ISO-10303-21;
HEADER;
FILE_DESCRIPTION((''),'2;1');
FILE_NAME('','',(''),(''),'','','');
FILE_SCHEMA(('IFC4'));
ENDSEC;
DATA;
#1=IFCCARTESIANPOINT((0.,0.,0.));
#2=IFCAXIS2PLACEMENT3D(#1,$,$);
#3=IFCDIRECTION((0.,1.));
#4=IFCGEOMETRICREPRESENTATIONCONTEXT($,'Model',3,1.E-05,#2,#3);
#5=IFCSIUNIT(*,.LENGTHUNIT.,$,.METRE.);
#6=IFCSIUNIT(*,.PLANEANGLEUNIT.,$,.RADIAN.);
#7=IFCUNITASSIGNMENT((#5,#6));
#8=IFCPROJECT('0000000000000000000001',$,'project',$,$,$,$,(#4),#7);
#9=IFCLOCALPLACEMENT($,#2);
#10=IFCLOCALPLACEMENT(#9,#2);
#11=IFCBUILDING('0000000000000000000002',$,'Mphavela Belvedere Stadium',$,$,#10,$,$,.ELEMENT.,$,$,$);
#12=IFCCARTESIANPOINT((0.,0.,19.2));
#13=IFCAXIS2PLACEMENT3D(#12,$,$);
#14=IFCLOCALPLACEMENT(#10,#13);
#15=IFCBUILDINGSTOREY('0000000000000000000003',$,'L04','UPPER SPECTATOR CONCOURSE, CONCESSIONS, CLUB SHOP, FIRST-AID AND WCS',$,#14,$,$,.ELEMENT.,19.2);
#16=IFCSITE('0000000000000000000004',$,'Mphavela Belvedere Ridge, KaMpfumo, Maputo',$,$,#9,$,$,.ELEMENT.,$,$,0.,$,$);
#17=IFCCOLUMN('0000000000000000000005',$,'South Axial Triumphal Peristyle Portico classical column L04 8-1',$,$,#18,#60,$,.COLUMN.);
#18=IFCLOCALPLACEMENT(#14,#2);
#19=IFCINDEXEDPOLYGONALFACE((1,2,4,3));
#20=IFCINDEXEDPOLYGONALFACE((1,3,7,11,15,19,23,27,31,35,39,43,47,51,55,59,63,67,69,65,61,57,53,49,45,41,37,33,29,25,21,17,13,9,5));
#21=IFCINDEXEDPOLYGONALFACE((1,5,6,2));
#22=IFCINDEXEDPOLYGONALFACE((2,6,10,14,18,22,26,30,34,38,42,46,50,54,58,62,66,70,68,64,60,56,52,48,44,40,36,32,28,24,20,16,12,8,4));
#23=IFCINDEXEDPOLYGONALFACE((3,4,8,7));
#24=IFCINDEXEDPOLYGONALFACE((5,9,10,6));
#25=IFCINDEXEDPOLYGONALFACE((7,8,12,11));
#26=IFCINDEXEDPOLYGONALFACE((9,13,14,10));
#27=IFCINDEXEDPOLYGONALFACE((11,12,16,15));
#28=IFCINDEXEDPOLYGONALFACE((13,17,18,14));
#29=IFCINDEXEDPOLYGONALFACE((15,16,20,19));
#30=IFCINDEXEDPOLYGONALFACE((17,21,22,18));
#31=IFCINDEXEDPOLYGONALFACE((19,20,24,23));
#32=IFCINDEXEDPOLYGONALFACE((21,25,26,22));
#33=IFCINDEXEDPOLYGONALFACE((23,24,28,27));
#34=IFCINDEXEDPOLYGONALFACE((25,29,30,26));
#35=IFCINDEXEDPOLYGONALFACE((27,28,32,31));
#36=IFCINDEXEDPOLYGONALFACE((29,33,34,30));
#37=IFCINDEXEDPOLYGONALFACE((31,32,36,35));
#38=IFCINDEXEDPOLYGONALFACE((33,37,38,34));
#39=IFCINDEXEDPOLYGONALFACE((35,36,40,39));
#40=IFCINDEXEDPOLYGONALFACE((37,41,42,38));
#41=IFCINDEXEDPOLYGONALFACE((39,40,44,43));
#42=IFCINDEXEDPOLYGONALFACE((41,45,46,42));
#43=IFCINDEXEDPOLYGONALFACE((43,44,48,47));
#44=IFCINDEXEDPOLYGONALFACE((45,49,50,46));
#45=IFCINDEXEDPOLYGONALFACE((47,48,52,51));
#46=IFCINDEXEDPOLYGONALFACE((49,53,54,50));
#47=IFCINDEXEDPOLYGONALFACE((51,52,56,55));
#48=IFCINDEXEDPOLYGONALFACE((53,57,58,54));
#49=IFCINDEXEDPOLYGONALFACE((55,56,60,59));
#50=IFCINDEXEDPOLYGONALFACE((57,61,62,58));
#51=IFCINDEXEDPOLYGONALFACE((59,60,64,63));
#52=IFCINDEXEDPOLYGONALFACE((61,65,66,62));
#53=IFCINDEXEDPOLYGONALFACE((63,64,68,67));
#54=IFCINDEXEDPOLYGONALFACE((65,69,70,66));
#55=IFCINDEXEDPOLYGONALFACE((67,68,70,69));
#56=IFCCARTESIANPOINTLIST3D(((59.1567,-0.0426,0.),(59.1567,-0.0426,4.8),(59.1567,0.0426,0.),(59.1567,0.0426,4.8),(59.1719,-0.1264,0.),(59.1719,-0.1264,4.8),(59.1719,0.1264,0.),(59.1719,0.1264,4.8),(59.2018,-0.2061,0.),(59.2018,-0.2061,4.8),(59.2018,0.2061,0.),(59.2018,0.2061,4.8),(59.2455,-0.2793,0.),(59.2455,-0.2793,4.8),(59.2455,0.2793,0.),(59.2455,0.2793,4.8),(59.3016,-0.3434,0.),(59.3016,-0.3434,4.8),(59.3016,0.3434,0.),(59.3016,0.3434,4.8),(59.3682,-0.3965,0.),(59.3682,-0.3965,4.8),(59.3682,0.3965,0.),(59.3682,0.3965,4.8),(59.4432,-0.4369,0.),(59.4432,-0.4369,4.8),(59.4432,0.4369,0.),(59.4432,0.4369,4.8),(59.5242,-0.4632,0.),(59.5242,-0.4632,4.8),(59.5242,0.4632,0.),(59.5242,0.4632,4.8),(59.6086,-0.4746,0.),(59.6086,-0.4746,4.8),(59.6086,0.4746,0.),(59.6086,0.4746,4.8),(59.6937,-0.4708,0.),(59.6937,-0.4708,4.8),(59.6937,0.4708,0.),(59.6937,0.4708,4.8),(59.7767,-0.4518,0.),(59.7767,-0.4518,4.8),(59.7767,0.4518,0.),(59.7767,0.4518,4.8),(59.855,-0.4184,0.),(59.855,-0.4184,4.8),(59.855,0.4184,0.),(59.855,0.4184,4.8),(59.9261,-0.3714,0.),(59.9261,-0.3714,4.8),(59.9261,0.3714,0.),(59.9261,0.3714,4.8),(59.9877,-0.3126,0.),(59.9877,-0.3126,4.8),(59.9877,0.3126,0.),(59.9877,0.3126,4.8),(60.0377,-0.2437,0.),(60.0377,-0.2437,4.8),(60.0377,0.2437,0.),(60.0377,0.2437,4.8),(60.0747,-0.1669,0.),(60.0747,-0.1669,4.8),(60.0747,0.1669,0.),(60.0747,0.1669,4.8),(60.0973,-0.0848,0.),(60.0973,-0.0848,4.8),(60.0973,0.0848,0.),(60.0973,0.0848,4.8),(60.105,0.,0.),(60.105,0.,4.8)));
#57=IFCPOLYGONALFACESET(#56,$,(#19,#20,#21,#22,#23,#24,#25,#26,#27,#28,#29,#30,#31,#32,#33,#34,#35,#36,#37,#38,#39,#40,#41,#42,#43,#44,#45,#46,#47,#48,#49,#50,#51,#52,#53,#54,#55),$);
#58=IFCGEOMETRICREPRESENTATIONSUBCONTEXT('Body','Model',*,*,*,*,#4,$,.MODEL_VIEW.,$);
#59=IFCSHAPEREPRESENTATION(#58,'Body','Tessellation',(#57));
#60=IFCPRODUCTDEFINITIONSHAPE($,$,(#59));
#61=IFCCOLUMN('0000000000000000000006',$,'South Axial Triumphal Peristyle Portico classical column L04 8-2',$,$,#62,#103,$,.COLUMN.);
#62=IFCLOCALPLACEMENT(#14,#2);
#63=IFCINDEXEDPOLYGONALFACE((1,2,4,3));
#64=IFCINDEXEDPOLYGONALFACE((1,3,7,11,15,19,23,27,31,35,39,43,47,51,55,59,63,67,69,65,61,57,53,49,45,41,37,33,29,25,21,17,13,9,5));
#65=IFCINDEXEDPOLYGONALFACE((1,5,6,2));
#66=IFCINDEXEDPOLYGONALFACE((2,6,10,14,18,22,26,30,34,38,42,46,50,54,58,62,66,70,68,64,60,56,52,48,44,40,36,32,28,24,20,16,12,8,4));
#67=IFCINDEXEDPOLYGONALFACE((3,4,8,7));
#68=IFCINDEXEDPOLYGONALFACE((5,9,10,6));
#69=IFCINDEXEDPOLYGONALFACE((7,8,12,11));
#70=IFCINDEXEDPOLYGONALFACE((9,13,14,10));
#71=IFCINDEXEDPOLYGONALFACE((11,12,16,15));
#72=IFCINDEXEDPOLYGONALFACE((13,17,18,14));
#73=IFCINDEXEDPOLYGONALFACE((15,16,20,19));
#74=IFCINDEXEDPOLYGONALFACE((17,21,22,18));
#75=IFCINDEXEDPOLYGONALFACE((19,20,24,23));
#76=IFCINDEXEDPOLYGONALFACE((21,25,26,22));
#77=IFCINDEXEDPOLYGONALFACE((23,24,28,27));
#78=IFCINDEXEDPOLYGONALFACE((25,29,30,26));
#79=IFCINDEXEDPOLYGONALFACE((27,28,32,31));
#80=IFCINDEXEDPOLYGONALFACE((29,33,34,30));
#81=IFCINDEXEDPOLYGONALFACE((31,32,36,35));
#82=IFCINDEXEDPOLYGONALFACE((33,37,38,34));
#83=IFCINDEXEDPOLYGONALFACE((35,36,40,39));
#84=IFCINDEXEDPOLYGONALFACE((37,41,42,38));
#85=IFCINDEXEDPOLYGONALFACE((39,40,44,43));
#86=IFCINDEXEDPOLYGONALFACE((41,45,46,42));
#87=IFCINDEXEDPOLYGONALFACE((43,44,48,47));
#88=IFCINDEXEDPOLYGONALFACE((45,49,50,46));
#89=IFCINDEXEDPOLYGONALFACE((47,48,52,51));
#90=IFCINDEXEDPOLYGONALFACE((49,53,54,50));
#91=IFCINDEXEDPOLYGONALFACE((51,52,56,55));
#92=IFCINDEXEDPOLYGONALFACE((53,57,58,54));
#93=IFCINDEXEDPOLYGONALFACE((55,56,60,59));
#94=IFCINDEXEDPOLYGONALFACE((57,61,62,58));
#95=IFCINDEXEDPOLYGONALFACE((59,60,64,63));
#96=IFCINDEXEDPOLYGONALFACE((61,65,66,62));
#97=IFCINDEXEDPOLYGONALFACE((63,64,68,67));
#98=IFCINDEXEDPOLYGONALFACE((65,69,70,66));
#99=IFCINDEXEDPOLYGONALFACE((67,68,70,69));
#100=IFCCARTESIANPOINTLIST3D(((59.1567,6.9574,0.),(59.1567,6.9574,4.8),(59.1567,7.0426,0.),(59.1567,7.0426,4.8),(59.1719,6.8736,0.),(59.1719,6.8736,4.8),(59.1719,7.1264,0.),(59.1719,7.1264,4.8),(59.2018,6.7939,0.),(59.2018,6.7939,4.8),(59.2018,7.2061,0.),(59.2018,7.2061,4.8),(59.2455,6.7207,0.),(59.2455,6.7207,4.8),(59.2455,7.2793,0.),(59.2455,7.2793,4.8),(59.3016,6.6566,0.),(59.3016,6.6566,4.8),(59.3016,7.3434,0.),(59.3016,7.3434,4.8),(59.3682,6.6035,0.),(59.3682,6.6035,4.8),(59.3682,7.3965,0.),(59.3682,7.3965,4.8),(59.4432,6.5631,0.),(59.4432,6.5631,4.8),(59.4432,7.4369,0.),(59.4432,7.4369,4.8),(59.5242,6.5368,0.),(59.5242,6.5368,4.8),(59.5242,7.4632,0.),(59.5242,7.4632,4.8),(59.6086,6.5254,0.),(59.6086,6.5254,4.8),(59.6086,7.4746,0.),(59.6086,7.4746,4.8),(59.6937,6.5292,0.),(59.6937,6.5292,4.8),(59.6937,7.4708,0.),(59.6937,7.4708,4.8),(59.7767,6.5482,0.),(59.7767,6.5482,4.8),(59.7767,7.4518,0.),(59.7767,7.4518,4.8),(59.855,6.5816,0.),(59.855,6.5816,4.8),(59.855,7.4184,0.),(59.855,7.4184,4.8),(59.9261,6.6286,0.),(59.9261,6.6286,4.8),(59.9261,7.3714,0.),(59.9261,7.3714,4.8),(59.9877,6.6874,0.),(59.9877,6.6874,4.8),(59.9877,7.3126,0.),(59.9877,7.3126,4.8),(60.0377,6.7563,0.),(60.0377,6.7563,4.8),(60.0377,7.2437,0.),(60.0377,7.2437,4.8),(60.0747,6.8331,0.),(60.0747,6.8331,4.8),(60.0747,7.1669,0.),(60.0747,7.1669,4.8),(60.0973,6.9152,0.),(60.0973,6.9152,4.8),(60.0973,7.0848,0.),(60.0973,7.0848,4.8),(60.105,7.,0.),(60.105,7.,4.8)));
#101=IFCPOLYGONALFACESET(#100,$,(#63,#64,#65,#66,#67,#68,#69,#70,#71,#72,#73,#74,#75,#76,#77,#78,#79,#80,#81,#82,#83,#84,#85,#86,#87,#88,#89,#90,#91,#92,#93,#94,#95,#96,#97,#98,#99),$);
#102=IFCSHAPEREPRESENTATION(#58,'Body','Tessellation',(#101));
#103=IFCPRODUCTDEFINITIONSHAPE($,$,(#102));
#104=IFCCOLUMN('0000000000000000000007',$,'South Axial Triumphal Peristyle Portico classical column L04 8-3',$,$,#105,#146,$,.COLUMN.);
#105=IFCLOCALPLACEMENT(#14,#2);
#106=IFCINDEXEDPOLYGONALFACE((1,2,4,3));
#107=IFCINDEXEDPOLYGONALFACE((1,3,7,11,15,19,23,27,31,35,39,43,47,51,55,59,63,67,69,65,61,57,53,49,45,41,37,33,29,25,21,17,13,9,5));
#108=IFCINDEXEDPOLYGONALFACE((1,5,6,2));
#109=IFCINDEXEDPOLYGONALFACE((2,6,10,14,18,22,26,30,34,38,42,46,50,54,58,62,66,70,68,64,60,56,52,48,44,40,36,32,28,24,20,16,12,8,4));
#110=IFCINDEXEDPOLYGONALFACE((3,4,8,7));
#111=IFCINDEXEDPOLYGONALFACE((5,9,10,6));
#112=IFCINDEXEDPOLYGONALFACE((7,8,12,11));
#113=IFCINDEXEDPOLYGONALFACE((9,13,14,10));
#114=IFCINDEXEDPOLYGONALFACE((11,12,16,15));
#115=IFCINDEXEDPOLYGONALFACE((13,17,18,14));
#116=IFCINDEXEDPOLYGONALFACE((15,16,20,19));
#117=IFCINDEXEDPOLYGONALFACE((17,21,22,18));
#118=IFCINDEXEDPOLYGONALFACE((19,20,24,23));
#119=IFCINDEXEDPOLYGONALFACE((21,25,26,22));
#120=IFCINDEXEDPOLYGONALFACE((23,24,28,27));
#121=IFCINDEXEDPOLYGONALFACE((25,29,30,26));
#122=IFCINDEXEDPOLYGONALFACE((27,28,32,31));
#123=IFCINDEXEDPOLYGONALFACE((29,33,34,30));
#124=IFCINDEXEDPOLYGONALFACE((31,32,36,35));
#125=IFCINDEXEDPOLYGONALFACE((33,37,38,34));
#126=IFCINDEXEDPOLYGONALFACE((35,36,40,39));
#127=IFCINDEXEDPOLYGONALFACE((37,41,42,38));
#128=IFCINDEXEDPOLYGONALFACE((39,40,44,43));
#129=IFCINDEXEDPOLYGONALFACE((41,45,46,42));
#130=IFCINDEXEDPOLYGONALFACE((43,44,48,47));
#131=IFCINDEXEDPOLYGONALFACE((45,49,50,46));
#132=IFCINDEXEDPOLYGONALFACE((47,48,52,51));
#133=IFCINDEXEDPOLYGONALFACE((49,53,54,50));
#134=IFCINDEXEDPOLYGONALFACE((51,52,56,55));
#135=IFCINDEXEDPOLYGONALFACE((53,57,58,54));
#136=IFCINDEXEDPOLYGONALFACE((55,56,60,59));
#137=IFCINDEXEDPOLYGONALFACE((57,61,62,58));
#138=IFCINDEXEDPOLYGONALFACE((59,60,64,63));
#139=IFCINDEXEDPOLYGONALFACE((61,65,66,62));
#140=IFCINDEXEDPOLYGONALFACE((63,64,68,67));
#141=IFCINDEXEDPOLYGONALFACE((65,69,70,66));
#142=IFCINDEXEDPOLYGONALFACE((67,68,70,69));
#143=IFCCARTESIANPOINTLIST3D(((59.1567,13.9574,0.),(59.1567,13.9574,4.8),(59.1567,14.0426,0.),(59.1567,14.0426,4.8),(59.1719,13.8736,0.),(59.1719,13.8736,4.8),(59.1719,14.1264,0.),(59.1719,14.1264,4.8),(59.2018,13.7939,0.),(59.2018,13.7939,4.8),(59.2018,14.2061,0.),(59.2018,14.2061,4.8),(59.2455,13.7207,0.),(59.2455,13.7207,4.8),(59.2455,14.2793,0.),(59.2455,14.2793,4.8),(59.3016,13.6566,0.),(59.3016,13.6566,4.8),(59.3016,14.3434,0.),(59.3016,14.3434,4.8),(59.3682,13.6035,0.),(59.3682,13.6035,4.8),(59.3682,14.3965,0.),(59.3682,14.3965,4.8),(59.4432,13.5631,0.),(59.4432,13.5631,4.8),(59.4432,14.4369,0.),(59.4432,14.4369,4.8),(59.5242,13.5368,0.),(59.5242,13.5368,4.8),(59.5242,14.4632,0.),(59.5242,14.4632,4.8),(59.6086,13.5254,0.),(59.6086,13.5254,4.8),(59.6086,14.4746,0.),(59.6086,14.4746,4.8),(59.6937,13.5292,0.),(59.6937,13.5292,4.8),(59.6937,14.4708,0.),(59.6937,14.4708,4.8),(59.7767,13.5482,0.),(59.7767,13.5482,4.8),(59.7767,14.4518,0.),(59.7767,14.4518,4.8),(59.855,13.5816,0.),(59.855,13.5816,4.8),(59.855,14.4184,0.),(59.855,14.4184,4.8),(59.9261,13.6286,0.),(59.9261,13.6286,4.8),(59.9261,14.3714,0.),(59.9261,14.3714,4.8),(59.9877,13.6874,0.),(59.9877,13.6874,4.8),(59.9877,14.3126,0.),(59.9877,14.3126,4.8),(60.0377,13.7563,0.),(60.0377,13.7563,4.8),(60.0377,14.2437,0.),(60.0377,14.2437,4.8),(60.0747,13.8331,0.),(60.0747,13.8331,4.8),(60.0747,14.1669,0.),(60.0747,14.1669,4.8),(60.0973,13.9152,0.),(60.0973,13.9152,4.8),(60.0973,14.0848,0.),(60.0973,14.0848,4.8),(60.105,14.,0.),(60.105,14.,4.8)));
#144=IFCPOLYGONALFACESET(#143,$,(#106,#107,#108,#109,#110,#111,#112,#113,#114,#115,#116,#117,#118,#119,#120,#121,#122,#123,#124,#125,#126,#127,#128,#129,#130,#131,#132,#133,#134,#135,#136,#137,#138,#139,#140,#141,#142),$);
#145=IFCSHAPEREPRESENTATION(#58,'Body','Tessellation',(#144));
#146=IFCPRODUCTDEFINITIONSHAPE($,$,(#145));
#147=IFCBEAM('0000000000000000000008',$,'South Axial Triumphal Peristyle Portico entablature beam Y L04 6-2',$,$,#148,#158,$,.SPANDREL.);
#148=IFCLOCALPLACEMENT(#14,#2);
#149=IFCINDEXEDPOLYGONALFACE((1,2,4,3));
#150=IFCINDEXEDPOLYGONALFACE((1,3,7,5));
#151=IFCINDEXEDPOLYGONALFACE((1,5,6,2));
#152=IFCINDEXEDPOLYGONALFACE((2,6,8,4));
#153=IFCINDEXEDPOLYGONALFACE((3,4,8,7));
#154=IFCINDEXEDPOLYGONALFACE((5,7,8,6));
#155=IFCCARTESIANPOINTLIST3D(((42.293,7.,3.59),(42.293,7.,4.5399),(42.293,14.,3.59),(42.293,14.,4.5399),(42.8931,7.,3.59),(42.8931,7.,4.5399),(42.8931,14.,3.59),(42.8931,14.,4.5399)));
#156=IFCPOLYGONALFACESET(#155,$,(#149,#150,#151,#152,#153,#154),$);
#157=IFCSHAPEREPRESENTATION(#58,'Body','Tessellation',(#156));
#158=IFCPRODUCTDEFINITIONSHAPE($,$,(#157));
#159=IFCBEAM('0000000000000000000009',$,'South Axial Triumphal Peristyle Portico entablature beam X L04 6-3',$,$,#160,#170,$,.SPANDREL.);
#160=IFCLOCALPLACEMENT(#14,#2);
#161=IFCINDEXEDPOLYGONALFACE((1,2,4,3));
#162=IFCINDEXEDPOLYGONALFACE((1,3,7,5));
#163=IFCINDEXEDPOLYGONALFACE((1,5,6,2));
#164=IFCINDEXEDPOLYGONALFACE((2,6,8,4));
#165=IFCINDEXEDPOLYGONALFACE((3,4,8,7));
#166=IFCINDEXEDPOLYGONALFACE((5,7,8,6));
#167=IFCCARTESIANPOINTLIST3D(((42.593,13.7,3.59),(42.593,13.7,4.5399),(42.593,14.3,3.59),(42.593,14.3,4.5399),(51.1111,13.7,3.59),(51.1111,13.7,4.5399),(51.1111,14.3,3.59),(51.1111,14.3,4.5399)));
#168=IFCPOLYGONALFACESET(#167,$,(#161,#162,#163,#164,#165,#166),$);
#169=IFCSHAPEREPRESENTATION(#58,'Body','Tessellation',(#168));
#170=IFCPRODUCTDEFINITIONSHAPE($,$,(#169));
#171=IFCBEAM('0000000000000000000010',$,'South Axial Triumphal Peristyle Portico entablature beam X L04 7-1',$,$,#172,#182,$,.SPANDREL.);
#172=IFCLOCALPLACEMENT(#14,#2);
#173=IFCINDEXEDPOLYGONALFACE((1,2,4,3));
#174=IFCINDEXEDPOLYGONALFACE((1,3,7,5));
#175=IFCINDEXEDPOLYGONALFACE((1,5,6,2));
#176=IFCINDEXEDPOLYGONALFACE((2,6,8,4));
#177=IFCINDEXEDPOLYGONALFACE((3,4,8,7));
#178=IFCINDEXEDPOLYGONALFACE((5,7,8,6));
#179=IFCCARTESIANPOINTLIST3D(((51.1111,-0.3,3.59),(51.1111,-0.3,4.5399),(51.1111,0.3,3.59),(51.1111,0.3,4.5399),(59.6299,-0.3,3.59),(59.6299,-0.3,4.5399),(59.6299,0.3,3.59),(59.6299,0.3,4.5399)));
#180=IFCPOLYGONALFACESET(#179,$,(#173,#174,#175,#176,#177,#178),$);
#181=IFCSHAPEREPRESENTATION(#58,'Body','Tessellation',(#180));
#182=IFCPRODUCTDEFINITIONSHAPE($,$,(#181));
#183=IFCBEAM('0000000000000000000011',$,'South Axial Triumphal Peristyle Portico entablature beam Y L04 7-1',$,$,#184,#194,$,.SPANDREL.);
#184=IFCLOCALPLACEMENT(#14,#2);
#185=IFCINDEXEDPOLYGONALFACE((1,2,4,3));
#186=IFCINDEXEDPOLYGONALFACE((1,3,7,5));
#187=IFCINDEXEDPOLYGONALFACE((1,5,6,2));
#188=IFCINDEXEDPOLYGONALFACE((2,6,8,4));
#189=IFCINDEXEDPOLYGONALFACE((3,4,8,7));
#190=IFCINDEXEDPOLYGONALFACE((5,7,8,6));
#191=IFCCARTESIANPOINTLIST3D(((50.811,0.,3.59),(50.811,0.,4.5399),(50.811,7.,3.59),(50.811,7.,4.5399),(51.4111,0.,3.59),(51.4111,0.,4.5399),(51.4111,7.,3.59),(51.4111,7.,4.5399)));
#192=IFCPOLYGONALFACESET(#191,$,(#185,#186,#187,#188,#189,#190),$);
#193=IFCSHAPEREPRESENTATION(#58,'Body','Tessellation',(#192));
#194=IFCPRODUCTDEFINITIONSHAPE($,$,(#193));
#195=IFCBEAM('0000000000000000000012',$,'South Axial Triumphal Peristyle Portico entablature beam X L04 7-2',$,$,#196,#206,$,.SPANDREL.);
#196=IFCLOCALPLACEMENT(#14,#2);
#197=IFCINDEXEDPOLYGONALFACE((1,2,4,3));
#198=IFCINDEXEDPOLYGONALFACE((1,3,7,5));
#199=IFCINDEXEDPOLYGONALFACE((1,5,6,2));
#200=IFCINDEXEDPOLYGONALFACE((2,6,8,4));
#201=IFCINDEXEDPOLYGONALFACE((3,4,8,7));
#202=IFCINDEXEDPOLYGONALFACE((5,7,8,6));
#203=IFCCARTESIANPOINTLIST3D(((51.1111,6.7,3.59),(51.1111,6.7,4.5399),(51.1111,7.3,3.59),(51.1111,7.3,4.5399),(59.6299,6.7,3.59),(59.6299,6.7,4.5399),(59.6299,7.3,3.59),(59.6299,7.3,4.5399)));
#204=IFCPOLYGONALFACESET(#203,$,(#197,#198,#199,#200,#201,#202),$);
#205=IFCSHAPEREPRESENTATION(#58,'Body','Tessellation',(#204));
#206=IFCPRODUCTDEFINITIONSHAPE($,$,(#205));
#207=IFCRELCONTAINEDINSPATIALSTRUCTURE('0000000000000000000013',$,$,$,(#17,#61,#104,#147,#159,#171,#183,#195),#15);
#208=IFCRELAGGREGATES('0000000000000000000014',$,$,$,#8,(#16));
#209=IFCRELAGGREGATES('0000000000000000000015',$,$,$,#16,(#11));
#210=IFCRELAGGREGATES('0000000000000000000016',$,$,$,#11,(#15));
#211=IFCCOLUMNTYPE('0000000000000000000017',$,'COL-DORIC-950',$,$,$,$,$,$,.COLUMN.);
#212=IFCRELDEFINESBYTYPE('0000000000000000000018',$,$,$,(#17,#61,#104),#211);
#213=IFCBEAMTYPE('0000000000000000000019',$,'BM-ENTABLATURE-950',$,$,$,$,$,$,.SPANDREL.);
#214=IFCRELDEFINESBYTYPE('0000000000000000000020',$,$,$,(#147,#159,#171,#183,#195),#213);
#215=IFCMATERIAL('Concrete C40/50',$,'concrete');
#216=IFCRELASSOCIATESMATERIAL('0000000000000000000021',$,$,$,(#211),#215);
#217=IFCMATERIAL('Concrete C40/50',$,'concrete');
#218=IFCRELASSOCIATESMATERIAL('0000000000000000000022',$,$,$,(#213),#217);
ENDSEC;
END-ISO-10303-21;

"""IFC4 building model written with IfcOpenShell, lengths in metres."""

from ifc_helpers import new_model, si_unit, direction, frame, origin, origin_2d, place, context, subcontext, project, spatial, rectangle, circle, extrude, material, material_profile, profile_set, type_object, element, save


model = new_model("IFC4")

# Units and contexts
model_context = context("Model", 3, precision=1e-05, world=origin(), true_north=direction((0.0, 1.0)))
body_context = subcontext(model_context, "Body", "Model", "MODEL_VIEW")
ifc_project = project(units=[si_unit("LENGTHUNIT", "METRE"), si_unit("PLANEANGLEUNIT", "RADIAN")], contexts=[model_context])

# Site, building, storey
site_placement = place(None, origin())
site = spatial("IfcSite", under=ifc_project, at=site_placement, Name="Mphavela Belvedere Ridge, KaMpfumo, Maputo", CompositionType="ELEMENT", RefElevation=0.0)
building_placement = place(site_placement, origin())
building = spatial("IfcBuilding", under=site, at=building_placement, Name="Mphavela Belvedere Stadium", CompositionType="ELEMENT")
storey_placement = place(building_placement, frame((0.0, 0.0, 19.2)))
storey = spatial("IfcBuildingStorey", under=building, at=storey_placement, Name="L04", Description="UPPER SPECTATOR CONCOURSE, CONCESSIONS, CLUB SHOP, FIRST-AID AND WCS", CompositionType="ELEMENT", Elevation=19.2)

# Columns
ifc_material_1 = material(Name="Concrete C40/50", Category="concrete")
ifc_material_profile_1 = material_profile(ifc_material_1, circle(Radius=0.4751, at=origin_2d()), Name="COL D950")
ifc_profile_set_1 = profile_set([ifc_material_profile_1], Name="Concrete C40/50")
column_type = type_object("IfcColumnType", Name="COL-DORIC-950", PredefinedType="COLUMN", material=ifc_profile_set_1)
for number, where, z_axis, x_axis, name in (
    (1, (59.6299, 0.0, 0.0), (0.0, 0.0, 1.0), (1.0, 0.0, 0.0), "South Axial Triumphal Peristyle Portico classical column L04 8-1"),
    (2, (59.6299, 7.0, 0.0), (0.0, 0.0, 1.0), (1.0, 0.0, 0.0), "South Axial Triumphal Peristyle Portico classical column L04 8-2"),
    (3, (59.6299, 14.0, 0.0), (0.0, 0.0, 1.0), (1.0, 0.0, 0.0), "South Axial Triumphal Peristyle Portico classical column L04 8-3"),
):
    element("IfcColumn", number, at=place(storey_placement, frame(where, z_axis=z_axis, x_axis=x_axis)), inside=storey, type_object=column_type, Name=name, PredefinedType="COLUMN", context=body_context, shape_type="SweptSolid", body=[
        extrude(circle(Radius=0.4751, at=origin_2d()), origin(), (0.0, 0.0, 1.0), 4.8),
    ])

# Beams
ifc_material_2 = material(Name="Concrete C40/50", Category="concrete")
ifc_material_profile_2 = material_profile(ifc_material_2, rectangle(XDim=0.6001, YDim=0.95, at=origin_2d()), Name="RC 600x950")
ifc_profile_set_2 = profile_set([ifc_material_profile_2], Name="Concrete C40/50")
beam_type_1 = type_object("IfcBeamType", Name="BM-ENTABLATURE-950", PredefinedType="SPANDREL", material=ifc_profile_set_2)
beam_1_placement = place(storey_placement, frame((42.593, 7.0, 4.0649), z_axis=(0.0, 1.0, 0.0), x_axis=(-1.0, 0.0, 0.0)))
element("IfcBeam", 4, at=beam_1_placement, inside=storey, type_object=beam_type_1, Name="South Axial Triumphal Peristyle Portico entablature beam Y L04 6-2", PredefinedType="SPANDREL", context=body_context, shape_type="SweptSolid", body=[
    extrude(rectangle(XDim=0.6001, YDim=0.95, at=origin_2d()), origin(), (0.0, 0.0, 1.0), 7.0),
])
beam_2_placement = place(storey_placement, frame((42.593, 14.0, 4.0649), z_axis=(1.0, 0.0, 0.0), x_axis=(0.0, 1.0, 0.0)))
element("IfcBeam", 5, at=beam_2_placement, inside=storey, type_object=beam_type_1, Name="South Axial Triumphal Peristyle Portico entablature beam X L04 6-3", PredefinedType="SPANDREL", context=body_context, shape_type="SweptSolid", body=[
    extrude(rectangle(XDim=0.6001, YDim=0.95, at=origin_2d()), origin(), (0.0, 0.0, 1.0), 8.5181),
])
beam_3_placement = place(storey_placement, frame((51.1111, 0.0, 4.0649), z_axis=(1.0, 0.0, 0.0), x_axis=(0.0, 1.0, 0.0)))
element("IfcBeam", 6, at=beam_3_placement, inside=storey, type_object=beam_type_1, Name="South Axial Triumphal Peristyle Portico entablature beam X L04 7-1", PredefinedType="SPANDREL", context=body_context, shape_type="SweptSolid", body=[
    extrude(rectangle(XDim=0.6001, YDim=0.95, at=origin_2d()), origin(), (0.0, 0.0, 1.0), 8.5188),
])
beam_4_placement = place(storey_placement, frame((51.1111, 0.0, 4.0649), z_axis=(0.0, 1.0, 0.0), x_axis=(-1.0, 0.0, 0.0)))
element("IfcBeam", 7, at=beam_4_placement, inside=storey, type_object=beam_type_1, Name="South Axial Triumphal Peristyle Portico entablature beam Y L04 7-1", PredefinedType="SPANDREL", context=body_context, shape_type="SweptSolid", body=[
    extrude(rectangle(XDim=0.6001, YDim=0.95, at=origin_2d()), origin(), (0.0, 0.0, 1.0), 7.0),
])
beam_5_placement = place(storey_placement, frame((51.1111, 7.0, 4.0649), z_axis=(1.0, 0.0, 0.0), x_axis=(0.0, 1.0, 0.0)))
element("IfcBeam", 8, at=beam_5_placement, inside=storey, type_object=beam_type_1, Name="South Axial Triumphal Peristyle Portico entablature beam X L04 7-2", PredefinedType="SPANDREL", context=body_context, shape_type="SweptSolid", body=[
    extrude(rectangle(XDim=0.6001, YDim=0.95, at=origin_2d()), origin(), (0.0, 0.0, 1.0), 8.5188),
])

save(model, "model.ifc")
